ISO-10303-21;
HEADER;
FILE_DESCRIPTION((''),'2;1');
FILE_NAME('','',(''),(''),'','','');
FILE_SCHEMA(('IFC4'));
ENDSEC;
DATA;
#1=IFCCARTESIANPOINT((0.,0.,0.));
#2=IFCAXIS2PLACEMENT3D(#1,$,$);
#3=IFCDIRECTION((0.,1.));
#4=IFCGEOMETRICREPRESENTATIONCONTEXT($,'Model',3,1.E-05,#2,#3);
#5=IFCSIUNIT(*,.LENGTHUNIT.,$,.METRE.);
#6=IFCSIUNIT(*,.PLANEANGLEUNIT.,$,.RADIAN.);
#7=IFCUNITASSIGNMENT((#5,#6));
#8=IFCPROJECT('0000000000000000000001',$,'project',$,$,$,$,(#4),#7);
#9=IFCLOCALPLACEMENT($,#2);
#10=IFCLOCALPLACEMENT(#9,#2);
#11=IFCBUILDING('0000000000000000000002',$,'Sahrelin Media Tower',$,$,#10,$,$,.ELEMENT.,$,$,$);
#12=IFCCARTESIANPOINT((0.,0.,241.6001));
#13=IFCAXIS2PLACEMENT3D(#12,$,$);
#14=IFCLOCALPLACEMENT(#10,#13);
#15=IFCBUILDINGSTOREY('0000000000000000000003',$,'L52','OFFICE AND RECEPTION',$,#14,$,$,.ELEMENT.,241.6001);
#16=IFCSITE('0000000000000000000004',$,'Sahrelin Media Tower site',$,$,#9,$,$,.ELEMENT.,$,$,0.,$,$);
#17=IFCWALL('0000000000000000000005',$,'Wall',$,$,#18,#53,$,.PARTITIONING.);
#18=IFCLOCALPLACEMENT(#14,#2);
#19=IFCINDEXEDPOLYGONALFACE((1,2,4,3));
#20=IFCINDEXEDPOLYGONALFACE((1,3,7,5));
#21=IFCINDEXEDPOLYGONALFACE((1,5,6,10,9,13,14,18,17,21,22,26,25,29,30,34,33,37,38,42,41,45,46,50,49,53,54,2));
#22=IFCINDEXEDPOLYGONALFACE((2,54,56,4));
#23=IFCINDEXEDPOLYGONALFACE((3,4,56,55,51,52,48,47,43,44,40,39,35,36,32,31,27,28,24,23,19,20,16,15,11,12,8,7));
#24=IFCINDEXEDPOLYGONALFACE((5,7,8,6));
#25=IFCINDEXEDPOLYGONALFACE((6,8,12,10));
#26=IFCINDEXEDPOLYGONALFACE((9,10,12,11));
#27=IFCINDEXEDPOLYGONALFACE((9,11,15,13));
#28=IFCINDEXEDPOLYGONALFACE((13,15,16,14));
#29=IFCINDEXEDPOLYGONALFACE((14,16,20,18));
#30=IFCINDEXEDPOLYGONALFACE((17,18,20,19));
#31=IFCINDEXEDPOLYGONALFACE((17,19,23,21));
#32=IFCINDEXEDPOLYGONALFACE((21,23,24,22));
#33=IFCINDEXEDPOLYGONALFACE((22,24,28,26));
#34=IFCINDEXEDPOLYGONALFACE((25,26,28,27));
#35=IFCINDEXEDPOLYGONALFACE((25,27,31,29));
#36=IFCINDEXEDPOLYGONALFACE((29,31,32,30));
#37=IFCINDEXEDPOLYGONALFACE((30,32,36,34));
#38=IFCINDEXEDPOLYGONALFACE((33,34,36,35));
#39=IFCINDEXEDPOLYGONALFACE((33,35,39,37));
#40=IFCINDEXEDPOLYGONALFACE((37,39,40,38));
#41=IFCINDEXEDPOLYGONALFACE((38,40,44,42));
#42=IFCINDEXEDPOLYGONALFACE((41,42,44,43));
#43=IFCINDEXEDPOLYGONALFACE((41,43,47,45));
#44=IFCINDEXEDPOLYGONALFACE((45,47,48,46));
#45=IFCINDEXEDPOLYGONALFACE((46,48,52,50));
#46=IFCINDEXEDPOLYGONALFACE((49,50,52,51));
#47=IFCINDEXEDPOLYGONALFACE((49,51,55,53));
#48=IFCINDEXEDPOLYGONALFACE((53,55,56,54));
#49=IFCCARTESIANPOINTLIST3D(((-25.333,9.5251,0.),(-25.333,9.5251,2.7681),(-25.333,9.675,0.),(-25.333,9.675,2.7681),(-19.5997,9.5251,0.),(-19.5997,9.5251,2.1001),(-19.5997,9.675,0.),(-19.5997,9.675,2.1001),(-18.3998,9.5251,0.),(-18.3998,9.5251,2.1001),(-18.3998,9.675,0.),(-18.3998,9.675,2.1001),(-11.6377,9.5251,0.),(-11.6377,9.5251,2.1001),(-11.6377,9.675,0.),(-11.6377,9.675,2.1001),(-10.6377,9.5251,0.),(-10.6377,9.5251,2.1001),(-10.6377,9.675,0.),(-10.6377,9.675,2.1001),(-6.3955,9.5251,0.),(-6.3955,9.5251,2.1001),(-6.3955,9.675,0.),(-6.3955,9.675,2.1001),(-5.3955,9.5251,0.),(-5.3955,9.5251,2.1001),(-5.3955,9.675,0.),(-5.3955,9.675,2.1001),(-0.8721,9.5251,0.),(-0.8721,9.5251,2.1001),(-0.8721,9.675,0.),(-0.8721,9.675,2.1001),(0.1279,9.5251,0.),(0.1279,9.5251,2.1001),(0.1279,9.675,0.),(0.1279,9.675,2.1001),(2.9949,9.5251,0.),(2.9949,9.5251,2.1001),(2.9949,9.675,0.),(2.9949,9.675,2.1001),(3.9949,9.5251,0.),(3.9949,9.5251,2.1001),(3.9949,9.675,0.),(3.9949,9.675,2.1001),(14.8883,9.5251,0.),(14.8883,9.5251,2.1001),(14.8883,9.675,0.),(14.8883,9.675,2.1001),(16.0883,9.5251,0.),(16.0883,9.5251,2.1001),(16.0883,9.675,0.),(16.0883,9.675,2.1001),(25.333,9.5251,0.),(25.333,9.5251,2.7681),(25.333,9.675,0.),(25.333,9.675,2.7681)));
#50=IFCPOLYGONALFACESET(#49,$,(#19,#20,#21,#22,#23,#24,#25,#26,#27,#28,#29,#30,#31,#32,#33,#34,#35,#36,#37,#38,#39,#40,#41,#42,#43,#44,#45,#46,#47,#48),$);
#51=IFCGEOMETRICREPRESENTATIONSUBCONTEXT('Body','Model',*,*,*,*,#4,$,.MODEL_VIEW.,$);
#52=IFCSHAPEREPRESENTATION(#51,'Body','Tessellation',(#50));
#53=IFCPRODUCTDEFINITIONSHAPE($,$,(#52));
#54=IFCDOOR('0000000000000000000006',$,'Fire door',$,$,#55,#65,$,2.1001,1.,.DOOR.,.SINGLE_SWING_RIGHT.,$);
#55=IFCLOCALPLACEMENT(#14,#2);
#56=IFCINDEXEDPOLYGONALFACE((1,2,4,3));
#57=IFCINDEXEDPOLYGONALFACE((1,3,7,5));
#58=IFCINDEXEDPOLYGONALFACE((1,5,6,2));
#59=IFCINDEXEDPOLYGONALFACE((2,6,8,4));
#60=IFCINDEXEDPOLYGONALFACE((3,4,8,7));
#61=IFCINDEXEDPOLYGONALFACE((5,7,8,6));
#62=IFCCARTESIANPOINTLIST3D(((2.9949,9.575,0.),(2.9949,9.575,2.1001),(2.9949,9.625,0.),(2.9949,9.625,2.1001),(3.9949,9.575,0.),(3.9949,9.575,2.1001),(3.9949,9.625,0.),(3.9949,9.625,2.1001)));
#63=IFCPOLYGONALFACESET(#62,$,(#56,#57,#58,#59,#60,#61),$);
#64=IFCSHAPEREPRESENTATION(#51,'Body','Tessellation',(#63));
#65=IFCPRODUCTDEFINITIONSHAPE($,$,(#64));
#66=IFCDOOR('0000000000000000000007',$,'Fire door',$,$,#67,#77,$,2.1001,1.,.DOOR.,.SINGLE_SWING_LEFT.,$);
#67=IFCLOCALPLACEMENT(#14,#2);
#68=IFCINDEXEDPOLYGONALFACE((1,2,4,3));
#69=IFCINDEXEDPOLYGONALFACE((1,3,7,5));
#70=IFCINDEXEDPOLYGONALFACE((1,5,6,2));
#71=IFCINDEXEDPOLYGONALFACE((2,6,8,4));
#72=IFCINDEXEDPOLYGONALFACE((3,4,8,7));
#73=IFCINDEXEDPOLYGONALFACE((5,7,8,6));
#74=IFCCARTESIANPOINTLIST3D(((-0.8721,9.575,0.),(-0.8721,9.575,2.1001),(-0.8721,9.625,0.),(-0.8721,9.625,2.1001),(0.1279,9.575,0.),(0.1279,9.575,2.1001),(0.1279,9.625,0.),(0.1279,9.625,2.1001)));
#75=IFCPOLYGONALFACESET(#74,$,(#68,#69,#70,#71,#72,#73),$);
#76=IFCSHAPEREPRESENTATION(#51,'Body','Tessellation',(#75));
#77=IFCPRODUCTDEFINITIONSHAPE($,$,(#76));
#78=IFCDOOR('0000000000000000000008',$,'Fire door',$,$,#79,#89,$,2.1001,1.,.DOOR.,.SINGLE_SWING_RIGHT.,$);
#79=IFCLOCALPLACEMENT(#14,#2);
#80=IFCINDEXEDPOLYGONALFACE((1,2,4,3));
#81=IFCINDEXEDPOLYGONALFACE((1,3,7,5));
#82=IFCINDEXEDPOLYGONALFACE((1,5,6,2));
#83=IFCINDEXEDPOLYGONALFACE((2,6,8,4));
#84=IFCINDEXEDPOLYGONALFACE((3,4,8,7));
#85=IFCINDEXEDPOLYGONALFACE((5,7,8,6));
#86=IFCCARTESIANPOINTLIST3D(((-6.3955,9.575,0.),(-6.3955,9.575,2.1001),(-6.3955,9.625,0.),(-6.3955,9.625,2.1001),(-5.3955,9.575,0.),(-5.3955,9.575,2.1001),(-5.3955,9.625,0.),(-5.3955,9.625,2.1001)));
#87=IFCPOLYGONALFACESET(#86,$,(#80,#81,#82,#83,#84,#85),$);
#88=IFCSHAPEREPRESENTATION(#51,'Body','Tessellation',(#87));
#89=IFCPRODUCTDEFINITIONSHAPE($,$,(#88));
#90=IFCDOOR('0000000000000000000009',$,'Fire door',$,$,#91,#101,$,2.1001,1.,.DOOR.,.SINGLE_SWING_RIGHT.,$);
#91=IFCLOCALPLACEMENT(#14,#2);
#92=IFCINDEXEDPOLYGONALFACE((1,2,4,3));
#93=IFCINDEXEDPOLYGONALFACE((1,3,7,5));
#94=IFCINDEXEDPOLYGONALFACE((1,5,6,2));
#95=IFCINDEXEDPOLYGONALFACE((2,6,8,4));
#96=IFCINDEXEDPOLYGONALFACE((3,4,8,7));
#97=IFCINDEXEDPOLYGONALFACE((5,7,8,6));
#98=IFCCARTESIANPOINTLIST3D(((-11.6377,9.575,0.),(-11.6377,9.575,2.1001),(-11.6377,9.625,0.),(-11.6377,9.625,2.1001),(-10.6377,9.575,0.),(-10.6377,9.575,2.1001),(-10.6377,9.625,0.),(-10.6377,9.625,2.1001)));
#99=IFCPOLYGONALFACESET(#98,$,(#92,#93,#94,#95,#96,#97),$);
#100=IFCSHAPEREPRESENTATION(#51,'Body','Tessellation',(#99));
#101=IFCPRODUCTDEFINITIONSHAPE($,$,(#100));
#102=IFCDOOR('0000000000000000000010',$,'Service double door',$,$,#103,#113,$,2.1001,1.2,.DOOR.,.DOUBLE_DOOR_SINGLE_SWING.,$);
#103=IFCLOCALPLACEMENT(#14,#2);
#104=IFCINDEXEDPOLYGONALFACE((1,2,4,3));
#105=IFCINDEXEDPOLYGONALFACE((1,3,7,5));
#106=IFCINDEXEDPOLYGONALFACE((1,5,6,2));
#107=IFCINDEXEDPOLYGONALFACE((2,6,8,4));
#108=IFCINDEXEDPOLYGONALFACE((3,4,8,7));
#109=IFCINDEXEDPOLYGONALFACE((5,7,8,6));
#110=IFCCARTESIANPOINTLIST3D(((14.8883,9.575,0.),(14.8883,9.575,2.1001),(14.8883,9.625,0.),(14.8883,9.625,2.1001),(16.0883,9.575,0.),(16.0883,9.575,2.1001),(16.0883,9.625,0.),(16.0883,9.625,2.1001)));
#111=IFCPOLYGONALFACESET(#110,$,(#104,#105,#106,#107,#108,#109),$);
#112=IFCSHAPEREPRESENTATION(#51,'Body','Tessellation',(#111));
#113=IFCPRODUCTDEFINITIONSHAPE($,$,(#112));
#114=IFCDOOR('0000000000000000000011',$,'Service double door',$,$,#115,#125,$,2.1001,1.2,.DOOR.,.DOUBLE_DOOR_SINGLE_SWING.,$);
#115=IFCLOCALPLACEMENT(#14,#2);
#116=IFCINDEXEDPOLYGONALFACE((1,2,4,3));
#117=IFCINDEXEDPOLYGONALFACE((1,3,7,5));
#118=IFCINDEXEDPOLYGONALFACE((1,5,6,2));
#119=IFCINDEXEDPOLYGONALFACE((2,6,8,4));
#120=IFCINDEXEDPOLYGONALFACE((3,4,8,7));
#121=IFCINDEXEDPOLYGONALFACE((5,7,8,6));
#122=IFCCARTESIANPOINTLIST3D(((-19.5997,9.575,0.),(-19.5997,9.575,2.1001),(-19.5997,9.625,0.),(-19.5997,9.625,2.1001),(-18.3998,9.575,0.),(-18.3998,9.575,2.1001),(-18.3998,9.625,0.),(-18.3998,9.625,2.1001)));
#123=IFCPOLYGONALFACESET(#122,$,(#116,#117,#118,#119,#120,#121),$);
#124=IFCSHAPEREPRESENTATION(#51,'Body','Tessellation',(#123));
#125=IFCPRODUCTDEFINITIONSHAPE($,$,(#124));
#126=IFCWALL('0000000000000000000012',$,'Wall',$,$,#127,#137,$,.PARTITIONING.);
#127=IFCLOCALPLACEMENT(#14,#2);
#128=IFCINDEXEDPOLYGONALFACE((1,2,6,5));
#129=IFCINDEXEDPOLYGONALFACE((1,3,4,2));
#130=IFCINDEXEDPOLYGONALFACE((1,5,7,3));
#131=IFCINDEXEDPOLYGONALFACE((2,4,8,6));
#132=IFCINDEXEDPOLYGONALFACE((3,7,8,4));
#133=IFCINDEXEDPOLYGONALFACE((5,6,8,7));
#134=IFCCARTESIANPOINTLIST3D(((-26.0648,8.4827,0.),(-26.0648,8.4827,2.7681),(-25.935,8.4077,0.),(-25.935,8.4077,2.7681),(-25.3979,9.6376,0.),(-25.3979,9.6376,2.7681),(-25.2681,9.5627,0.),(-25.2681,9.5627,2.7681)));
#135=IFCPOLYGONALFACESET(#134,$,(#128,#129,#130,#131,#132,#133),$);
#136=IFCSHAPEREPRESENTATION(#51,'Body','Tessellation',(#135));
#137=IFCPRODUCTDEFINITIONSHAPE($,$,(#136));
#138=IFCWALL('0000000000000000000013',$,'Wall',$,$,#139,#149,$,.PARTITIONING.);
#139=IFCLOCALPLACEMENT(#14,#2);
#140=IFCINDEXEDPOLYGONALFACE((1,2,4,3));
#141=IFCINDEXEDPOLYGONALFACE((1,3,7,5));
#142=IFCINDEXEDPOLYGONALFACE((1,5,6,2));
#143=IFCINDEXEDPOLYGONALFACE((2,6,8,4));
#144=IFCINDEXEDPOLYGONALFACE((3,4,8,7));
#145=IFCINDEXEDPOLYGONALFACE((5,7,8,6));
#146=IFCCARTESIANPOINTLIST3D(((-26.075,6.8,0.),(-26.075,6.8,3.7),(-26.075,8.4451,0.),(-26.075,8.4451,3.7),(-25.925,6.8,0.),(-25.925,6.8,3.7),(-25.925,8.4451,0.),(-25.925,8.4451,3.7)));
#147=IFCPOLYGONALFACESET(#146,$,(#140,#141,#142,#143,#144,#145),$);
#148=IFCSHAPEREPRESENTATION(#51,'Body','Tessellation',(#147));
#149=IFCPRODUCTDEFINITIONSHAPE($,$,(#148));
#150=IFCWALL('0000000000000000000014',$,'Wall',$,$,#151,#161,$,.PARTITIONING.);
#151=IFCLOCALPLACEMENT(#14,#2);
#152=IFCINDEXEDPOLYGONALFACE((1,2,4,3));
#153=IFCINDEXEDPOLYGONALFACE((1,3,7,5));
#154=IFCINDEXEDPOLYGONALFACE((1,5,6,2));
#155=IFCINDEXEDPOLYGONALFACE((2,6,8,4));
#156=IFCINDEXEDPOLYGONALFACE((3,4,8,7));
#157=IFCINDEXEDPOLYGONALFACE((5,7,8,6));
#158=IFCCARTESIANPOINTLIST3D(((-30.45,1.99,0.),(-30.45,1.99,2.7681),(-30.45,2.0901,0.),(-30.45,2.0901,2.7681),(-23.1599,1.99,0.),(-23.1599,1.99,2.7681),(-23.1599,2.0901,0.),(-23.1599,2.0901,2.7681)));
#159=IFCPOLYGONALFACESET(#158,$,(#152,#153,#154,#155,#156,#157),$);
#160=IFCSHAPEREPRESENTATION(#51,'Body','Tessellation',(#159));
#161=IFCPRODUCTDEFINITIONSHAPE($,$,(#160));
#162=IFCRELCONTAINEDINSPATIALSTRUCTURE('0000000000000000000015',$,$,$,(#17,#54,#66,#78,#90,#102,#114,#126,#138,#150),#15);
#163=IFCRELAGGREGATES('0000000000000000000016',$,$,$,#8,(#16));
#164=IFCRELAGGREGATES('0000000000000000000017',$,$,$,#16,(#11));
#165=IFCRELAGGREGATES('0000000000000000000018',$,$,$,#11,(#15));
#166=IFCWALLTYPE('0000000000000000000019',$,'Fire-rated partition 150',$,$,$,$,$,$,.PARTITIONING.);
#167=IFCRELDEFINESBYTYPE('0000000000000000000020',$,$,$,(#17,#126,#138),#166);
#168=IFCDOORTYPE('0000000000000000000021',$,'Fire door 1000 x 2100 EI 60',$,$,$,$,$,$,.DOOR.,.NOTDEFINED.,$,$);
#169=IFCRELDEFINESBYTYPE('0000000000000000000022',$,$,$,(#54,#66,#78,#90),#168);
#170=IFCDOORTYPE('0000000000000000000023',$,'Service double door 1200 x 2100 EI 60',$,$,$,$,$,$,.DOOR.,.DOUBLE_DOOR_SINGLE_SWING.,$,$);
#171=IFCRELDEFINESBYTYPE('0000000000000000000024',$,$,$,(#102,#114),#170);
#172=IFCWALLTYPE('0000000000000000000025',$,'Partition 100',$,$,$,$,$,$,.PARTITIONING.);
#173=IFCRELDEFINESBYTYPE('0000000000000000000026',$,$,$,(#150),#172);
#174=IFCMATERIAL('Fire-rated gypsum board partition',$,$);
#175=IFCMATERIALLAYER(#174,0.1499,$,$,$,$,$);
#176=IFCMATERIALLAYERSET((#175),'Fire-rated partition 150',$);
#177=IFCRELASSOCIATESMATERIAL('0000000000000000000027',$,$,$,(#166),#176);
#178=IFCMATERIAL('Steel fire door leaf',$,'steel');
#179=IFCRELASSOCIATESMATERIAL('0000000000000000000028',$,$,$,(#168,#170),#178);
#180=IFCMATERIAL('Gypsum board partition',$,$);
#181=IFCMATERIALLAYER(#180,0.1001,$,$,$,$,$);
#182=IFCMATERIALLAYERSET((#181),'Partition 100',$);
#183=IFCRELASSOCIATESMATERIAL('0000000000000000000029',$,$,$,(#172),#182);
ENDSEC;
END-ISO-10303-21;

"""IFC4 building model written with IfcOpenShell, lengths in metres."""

from ifc_helpers import new_model, si_unit, direction, frame, frame_2d, origin, place, context, subcontext, project, spatial, rectangle, extrude, material, layer, layer_set, type_object, element, fill, save


model = new_model("IFC4")

# Units and contexts
model_context = context("Model", 3, precision=1e-05, world=origin(), true_north=direction((0.0, 1.0)))
body_context = subcontext(model_context, "Body", "Model", "MODEL_VIEW")
ifc_project = project(units=[si_unit("LENGTHUNIT", "METRE"), si_unit("PLANEANGLEUNIT", "RADIAN")], contexts=[model_context])

# Site, building, storey
site_placement = place(None, origin())
site = spatial("IfcSite", under=ifc_project, at=site_placement, Name="Sahrelin Media Tower site", CompositionType="ELEMENT", RefElevation=0.0)
building_placement = place(site_placement, origin())
building = spatial("IfcBuilding", under=site, at=building_placement, Name="Sahrelin Media Tower", CompositionType="ELEMENT")
storey_placement = place(building_placement, frame((0.0, 0.0, 241.6001)))
storey = spatial("IfcBuildingStorey", under=building, at=storey_placement, Name="L52", Description="OFFICE AND RECEPTION", CompositionType="ELEMENT", Elevation=241.6001)

# Shared definitions
ifc_material_1 = material(Name="Fire-rated gypsum board partition")
ifc_layer_1 = layer(ifc_material_1, 0.1499)
ifc_layer_set_1 = layer_set([ifc_layer_1], Name="Fire-rated partition 150")
wall_type_1 = type_object("IfcWallType", Name="Fire-rated partition 150", PredefinedType="PARTITIONING", material=ifc_layer_set_1)

# Wall, openings, doors
wall_1_placement = place(storey_placement, frame((-25.333, 9.6001, 0.0), z_axis=(0.0, 0.0, 1.0), x_axis=(1.0, 0.0, 0.0)))
wall_1 = element("IfcWall", 1, at=wall_1_placement, inside=storey, type_object=wall_type_1, Name="Wall", PredefinedType="PARTITIONING", context=body_context, shape_type="SweptSolid", body=[
    extrude(rectangle(XDim=50.666, YDim=0.1499, at=frame_2d((25.333, 0.0))), origin(), (0.0, 0.0, 1.0), 2.7681),
])
opening_1_placement = place(wall_1_placement, frame((40.2212, 0.0, 0.0)))
opening_1 = element("IfcOpeningElement", 2, at=opening_1_placement, cuts=wall_1, PredefinedType="OPENING", context=body_context, shape_type="SweptSolid", body=[
    extrude(rectangle(XDim=1.2, YDim=2.1001, at=frame_2d((0.6001, 1.05))), frame((0.0, 0.075, 0.0), z_axis=(0.0, -1.0, 0.0), x_axis=(1.0, 0.0, 0.0)), (0.0, 0.0, 1.0), 0.1499),
])
opening_2_placement = place(wall_1_placement, frame((28.3279, 0.0, 0.0)))
opening_2 = element("IfcOpeningElement", 3, at=opening_2_placement, cuts=wall_1, PredefinedType="OPENING", context=body_context, shape_type="SweptSolid", body=[
    extrude(rectangle(XDim=1.0, YDim=2.1001, at=frame_2d((0.5, 1.05))), frame((0.0, 0.075, 0.0), z_axis=(0.0, -1.0, 0.0), x_axis=(1.0, 0.0, 0.0)), (0.0, 0.0, 1.0), 0.1499),
])
opening_3_placement = place(wall_1_placement, frame((24.4609, 0.0, 0.0)))
opening_3 = element("IfcOpeningElement", 4, at=opening_3_placement, cuts=wall_1, PredefinedType="OPENING", context=body_context, shape_type="SweptSolid", body=[
    extrude(rectangle(XDim=1.0, YDim=2.1001, at=frame_2d((0.5, 1.05))), frame((0.0, 0.075, 0.0), z_axis=(0.0, -1.0, 0.0), x_axis=(1.0, 0.0, 0.0)), (0.0, 0.0, 1.0), 0.1499),
])
opening_4_placement = place(wall_1_placement, frame((18.9375, 0.0, 0.0)))
opening_4 = element("IfcOpeningElement", 5, at=opening_4_placement, cuts=wall_1, PredefinedType="OPENING", context=body_context, shape_type="SweptSolid", body=[
    extrude(rectangle(XDim=1.0, YDim=2.1001, at=frame_2d((0.5, 1.05))), frame((0.0, 0.075, 0.0), z_axis=(0.0, -1.0, 0.0), x_axis=(1.0, 0.0, 0.0)), (0.0, 0.0, 1.0), 0.1499),
])
opening_5_placement = place(wall_1_placement, frame((13.6953, 0.0, 0.0)))
opening_5 = element("IfcOpeningElement", 6, at=opening_5_placement, cuts=wall_1, PredefinedType="OPENING", context=body_context, shape_type="SweptSolid", body=[
    extrude(rectangle(XDim=1.0, YDim=2.1001, at=frame_2d((0.5, 1.05))), frame((0.0, 0.075, 0.0), z_axis=(0.0, -1.0, 0.0), x_axis=(1.0, 0.0, 0.0)), (0.0, 0.0, 1.0), 0.1499),
])
opening_6_placement = place(wall_1_placement, frame((5.7332, 0.0, 0.0)))
opening_6 = element("IfcOpeningElement", 7, at=opening_6_placement, cuts=wall_1, PredefinedType="OPENING", context=body_context, shape_type="SweptSolid", body=[
    extrude(rectangle(XDim=1.2, YDim=2.1001, at=frame_2d((0.6001, 1.05))), frame((0.0, 0.075, 0.0), z_axis=(0.0, -1.0, 0.0), x_axis=(1.0, 0.0, 0.0)), (0.0, 0.0, 1.0), 0.1499),
])
ifc_material_2 = material(Name="Steel fire door leaf", Category="steel")
door_type_1 = type_object("IfcDoorType", Name="Fire door 1000 x 2100 EI 60", OperationType="NOTDEFINED", PredefinedType="DOOR", material=ifc_material_2)
door_1_placement = place(opening_2_placement, origin())
door_1 = element("IfcDoor", 8, at=door_1_placement, inside=storey, type_object=door_type_1, Name="Fire door", OperationType="SINGLE_SWING_RIGHT", OverallHeight=2.1001, OverallWidth=1.0, PredefinedType="DOOR", context=body_context, shape_type="SweptSolid", body=[
    extrude(rectangle(XDim=1.0, YDim=2.1001, at=frame_2d((0.5, 1.05))), frame((0.0, 0.0249, 0.0), z_axis=(0.0, -1.0, 0.0), x_axis=(1.0, 0.0, 0.0)), (0.0, 0.0, 1.0), 0.05),
])
fill(opening_2, door_1)
door_2_placement = place(opening_3_placement, origin())
door_2 = element("IfcDoor", 9, at=door_2_placement, inside=storey, type_object=door_type_1, Name="Fire door", OperationType="SINGLE_SWING_LEFT", OverallHeight=2.1001, OverallWidth=1.0, PredefinedType="DOOR", context=body_context, shape_type="SweptSolid", body=[
    extrude(rectangle(XDim=1.0, YDim=2.1001, at=frame_2d((0.5, 1.05))), frame((0.0, 0.0249, 0.0), z_axis=(0.0, -1.0, 0.0), x_axis=(1.0, 0.0, 0.0)), (0.0, 0.0, 1.0), 0.05),
])
fill(opening_3, door_2)
door_3_placement = place(opening_4_placement, origin())
door_3 = element("IfcDoor", 10, at=door_3_placement, inside=storey, type_object=door_type_1, Name="Fire door", OperationType="SINGLE_SWING_RIGHT", OverallHeight=2.1001, OverallWidth=1.0, PredefinedType="DOOR", context=body_context, shape_type="SweptSolid", body=[
    extrude(rectangle(XDim=1.0, YDim=2.1001, at=frame_2d((0.5, 1.05))), frame((0.0, 0.0249, 0.0), z_axis=(0.0, -1.0, 0.0), x_axis=(1.0, 0.0, 0.0)), (0.0, 0.0, 1.0), 0.05),
])
fill(opening_4, door_3)
door_4_placement = place(opening_5_placement, origin())
door_4 = element("IfcDoor", 11, at=door_4_placement, inside=storey, type_object=door_type_1, Name="Fire door", OperationType="SINGLE_SWING_RIGHT", OverallHeight=2.1001, OverallWidth=1.0, PredefinedType="DOOR", context=body_context, shape_type="SweptSolid", body=[
    extrude(rectangle(XDim=1.0, YDim=2.1001, at=frame_2d((0.5, 1.05))), frame((0.0, 0.0249, 0.0), z_axis=(0.0, -1.0, 0.0), x_axis=(1.0, 0.0, 0.0)), (0.0, 0.0, 1.0), 0.05),
])
fill(opening_5, door_4)
door_type_2 = type_object("IfcDoorType", Name="Service double door 1200 x 2100 EI 60", OperationType="DOUBLE_DOOR_SINGLE_SWING", PredefinedType="DOOR", material=ifc_material_2)
door_5_placement = place(opening_1_placement, origin())
door_5 = element("IfcDoor", 12, at=door_5_placement, inside=storey, type_object=door_type_2, Name="Service double door", OperationType="DOUBLE_DOOR_SINGLE_SWING", OverallHeight=2.1001, OverallWidth=1.2, PredefinedType="DOOR", context=body_context, shape_type="SweptSolid", body=[
    extrude(rectangle(XDim=1.2, YDim=2.1001, at=frame_2d((0.6001, 1.05))), frame((0.0, 0.0249, 0.0), z_axis=(0.0, -1.0, 0.0), x_axis=(1.0, 0.0, 0.0)), (0.0, 0.0, 1.0), 0.05),
])
fill(opening_1, door_5)
door_6_placement = place(opening_6_placement, origin())
door_6 = element("IfcDoor", 13, at=door_6_placement, inside=storey, type_object=door_type_2, Name="Service double door", OperationType="DOUBLE_DOOR_SINGLE_SWING", OverallHeight=2.1001, OverallWidth=1.2, PredefinedType="DOOR", context=body_context, shape_type="SweptSolid", body=[
    extrude(rectangle(XDim=1.2, YDim=2.1001, at=frame_2d((0.6001, 1.05))), frame((0.0, 0.0249, 0.0), z_axis=(0.0, -1.0, 0.0), x_axis=(1.0, 0.0, 0.0)), (0.0, 0.0, 1.0), 0.05),
])
fill(opening_6, door_6)

# Walls
wall_2_placement = place(storey_placement, frame((-26.0, 8.4451, 0.0), z_axis=(0.0, 0.0, 1.0), x_axis=(0.500076, 0.865981, 0.0)))
element("IfcWall", 14, at=wall_2_placement, inside=storey, type_object=wall_type_1, Name="Wall", PredefinedType="PARTITIONING", context=body_context, shape_type="SweptSolid", body=[
    extrude(rectangle(XDim=1.3337, YDim=0.1499, at=frame_2d((0.667, 0.0))), origin(), (0.0, 0.0, 1.0), 2.7681),
])
wall_3_placement = place(storey_placement, frame((-26.0, 6.8, 0.0), z_axis=(0.0, 0.0, 1.0), x_axis=(0.0, 1.0, 0.0)))
element("IfcWall", 15, at=wall_3_placement, inside=storey, type_object=wall_type_1, Name="Wall", PredefinedType="PARTITIONING", context=body_context, shape_type="SweptSolid", body=[
    extrude(rectangle(XDim=1.645, YDim=0.1499, at=frame_2d((0.8225, 0.0))), origin(), (0.0, 0.0, 1.0), 3.7),
])
ifc_material_3 = material(Name="Gypsum board partition")
ifc_layer_2 = layer(ifc_material_3, 0.1001)
ifc_layer_set_2 = layer_set([ifc_layer_2], Name="Partition 100")
wall_type_2 = type_object("IfcWallType", Name="Partition 100", PredefinedType="PARTITIONING", material=ifc_layer_set_2)
wall_4_placement = place(storey_placement, frame((-30.45, 2.04, 0.0), z_axis=(0.0, 0.0, 1.0), x_axis=(1.0, 0.0, 0.0)))
element("IfcWall", 16, at=wall_4_placement, inside=storey, type_object=wall_type_2, Name="Wall", PredefinedType="PARTITIONING", context=body_context, shape_type="SweptSolid", body=[
    extrude(rectangle(XDim=7.29, YDim=0.1001, at=frame_2d((3.645, 0.0))), origin(), (0.0, 0.0, 1.0), 2.7681),
])

save(model, "model.ifc")
